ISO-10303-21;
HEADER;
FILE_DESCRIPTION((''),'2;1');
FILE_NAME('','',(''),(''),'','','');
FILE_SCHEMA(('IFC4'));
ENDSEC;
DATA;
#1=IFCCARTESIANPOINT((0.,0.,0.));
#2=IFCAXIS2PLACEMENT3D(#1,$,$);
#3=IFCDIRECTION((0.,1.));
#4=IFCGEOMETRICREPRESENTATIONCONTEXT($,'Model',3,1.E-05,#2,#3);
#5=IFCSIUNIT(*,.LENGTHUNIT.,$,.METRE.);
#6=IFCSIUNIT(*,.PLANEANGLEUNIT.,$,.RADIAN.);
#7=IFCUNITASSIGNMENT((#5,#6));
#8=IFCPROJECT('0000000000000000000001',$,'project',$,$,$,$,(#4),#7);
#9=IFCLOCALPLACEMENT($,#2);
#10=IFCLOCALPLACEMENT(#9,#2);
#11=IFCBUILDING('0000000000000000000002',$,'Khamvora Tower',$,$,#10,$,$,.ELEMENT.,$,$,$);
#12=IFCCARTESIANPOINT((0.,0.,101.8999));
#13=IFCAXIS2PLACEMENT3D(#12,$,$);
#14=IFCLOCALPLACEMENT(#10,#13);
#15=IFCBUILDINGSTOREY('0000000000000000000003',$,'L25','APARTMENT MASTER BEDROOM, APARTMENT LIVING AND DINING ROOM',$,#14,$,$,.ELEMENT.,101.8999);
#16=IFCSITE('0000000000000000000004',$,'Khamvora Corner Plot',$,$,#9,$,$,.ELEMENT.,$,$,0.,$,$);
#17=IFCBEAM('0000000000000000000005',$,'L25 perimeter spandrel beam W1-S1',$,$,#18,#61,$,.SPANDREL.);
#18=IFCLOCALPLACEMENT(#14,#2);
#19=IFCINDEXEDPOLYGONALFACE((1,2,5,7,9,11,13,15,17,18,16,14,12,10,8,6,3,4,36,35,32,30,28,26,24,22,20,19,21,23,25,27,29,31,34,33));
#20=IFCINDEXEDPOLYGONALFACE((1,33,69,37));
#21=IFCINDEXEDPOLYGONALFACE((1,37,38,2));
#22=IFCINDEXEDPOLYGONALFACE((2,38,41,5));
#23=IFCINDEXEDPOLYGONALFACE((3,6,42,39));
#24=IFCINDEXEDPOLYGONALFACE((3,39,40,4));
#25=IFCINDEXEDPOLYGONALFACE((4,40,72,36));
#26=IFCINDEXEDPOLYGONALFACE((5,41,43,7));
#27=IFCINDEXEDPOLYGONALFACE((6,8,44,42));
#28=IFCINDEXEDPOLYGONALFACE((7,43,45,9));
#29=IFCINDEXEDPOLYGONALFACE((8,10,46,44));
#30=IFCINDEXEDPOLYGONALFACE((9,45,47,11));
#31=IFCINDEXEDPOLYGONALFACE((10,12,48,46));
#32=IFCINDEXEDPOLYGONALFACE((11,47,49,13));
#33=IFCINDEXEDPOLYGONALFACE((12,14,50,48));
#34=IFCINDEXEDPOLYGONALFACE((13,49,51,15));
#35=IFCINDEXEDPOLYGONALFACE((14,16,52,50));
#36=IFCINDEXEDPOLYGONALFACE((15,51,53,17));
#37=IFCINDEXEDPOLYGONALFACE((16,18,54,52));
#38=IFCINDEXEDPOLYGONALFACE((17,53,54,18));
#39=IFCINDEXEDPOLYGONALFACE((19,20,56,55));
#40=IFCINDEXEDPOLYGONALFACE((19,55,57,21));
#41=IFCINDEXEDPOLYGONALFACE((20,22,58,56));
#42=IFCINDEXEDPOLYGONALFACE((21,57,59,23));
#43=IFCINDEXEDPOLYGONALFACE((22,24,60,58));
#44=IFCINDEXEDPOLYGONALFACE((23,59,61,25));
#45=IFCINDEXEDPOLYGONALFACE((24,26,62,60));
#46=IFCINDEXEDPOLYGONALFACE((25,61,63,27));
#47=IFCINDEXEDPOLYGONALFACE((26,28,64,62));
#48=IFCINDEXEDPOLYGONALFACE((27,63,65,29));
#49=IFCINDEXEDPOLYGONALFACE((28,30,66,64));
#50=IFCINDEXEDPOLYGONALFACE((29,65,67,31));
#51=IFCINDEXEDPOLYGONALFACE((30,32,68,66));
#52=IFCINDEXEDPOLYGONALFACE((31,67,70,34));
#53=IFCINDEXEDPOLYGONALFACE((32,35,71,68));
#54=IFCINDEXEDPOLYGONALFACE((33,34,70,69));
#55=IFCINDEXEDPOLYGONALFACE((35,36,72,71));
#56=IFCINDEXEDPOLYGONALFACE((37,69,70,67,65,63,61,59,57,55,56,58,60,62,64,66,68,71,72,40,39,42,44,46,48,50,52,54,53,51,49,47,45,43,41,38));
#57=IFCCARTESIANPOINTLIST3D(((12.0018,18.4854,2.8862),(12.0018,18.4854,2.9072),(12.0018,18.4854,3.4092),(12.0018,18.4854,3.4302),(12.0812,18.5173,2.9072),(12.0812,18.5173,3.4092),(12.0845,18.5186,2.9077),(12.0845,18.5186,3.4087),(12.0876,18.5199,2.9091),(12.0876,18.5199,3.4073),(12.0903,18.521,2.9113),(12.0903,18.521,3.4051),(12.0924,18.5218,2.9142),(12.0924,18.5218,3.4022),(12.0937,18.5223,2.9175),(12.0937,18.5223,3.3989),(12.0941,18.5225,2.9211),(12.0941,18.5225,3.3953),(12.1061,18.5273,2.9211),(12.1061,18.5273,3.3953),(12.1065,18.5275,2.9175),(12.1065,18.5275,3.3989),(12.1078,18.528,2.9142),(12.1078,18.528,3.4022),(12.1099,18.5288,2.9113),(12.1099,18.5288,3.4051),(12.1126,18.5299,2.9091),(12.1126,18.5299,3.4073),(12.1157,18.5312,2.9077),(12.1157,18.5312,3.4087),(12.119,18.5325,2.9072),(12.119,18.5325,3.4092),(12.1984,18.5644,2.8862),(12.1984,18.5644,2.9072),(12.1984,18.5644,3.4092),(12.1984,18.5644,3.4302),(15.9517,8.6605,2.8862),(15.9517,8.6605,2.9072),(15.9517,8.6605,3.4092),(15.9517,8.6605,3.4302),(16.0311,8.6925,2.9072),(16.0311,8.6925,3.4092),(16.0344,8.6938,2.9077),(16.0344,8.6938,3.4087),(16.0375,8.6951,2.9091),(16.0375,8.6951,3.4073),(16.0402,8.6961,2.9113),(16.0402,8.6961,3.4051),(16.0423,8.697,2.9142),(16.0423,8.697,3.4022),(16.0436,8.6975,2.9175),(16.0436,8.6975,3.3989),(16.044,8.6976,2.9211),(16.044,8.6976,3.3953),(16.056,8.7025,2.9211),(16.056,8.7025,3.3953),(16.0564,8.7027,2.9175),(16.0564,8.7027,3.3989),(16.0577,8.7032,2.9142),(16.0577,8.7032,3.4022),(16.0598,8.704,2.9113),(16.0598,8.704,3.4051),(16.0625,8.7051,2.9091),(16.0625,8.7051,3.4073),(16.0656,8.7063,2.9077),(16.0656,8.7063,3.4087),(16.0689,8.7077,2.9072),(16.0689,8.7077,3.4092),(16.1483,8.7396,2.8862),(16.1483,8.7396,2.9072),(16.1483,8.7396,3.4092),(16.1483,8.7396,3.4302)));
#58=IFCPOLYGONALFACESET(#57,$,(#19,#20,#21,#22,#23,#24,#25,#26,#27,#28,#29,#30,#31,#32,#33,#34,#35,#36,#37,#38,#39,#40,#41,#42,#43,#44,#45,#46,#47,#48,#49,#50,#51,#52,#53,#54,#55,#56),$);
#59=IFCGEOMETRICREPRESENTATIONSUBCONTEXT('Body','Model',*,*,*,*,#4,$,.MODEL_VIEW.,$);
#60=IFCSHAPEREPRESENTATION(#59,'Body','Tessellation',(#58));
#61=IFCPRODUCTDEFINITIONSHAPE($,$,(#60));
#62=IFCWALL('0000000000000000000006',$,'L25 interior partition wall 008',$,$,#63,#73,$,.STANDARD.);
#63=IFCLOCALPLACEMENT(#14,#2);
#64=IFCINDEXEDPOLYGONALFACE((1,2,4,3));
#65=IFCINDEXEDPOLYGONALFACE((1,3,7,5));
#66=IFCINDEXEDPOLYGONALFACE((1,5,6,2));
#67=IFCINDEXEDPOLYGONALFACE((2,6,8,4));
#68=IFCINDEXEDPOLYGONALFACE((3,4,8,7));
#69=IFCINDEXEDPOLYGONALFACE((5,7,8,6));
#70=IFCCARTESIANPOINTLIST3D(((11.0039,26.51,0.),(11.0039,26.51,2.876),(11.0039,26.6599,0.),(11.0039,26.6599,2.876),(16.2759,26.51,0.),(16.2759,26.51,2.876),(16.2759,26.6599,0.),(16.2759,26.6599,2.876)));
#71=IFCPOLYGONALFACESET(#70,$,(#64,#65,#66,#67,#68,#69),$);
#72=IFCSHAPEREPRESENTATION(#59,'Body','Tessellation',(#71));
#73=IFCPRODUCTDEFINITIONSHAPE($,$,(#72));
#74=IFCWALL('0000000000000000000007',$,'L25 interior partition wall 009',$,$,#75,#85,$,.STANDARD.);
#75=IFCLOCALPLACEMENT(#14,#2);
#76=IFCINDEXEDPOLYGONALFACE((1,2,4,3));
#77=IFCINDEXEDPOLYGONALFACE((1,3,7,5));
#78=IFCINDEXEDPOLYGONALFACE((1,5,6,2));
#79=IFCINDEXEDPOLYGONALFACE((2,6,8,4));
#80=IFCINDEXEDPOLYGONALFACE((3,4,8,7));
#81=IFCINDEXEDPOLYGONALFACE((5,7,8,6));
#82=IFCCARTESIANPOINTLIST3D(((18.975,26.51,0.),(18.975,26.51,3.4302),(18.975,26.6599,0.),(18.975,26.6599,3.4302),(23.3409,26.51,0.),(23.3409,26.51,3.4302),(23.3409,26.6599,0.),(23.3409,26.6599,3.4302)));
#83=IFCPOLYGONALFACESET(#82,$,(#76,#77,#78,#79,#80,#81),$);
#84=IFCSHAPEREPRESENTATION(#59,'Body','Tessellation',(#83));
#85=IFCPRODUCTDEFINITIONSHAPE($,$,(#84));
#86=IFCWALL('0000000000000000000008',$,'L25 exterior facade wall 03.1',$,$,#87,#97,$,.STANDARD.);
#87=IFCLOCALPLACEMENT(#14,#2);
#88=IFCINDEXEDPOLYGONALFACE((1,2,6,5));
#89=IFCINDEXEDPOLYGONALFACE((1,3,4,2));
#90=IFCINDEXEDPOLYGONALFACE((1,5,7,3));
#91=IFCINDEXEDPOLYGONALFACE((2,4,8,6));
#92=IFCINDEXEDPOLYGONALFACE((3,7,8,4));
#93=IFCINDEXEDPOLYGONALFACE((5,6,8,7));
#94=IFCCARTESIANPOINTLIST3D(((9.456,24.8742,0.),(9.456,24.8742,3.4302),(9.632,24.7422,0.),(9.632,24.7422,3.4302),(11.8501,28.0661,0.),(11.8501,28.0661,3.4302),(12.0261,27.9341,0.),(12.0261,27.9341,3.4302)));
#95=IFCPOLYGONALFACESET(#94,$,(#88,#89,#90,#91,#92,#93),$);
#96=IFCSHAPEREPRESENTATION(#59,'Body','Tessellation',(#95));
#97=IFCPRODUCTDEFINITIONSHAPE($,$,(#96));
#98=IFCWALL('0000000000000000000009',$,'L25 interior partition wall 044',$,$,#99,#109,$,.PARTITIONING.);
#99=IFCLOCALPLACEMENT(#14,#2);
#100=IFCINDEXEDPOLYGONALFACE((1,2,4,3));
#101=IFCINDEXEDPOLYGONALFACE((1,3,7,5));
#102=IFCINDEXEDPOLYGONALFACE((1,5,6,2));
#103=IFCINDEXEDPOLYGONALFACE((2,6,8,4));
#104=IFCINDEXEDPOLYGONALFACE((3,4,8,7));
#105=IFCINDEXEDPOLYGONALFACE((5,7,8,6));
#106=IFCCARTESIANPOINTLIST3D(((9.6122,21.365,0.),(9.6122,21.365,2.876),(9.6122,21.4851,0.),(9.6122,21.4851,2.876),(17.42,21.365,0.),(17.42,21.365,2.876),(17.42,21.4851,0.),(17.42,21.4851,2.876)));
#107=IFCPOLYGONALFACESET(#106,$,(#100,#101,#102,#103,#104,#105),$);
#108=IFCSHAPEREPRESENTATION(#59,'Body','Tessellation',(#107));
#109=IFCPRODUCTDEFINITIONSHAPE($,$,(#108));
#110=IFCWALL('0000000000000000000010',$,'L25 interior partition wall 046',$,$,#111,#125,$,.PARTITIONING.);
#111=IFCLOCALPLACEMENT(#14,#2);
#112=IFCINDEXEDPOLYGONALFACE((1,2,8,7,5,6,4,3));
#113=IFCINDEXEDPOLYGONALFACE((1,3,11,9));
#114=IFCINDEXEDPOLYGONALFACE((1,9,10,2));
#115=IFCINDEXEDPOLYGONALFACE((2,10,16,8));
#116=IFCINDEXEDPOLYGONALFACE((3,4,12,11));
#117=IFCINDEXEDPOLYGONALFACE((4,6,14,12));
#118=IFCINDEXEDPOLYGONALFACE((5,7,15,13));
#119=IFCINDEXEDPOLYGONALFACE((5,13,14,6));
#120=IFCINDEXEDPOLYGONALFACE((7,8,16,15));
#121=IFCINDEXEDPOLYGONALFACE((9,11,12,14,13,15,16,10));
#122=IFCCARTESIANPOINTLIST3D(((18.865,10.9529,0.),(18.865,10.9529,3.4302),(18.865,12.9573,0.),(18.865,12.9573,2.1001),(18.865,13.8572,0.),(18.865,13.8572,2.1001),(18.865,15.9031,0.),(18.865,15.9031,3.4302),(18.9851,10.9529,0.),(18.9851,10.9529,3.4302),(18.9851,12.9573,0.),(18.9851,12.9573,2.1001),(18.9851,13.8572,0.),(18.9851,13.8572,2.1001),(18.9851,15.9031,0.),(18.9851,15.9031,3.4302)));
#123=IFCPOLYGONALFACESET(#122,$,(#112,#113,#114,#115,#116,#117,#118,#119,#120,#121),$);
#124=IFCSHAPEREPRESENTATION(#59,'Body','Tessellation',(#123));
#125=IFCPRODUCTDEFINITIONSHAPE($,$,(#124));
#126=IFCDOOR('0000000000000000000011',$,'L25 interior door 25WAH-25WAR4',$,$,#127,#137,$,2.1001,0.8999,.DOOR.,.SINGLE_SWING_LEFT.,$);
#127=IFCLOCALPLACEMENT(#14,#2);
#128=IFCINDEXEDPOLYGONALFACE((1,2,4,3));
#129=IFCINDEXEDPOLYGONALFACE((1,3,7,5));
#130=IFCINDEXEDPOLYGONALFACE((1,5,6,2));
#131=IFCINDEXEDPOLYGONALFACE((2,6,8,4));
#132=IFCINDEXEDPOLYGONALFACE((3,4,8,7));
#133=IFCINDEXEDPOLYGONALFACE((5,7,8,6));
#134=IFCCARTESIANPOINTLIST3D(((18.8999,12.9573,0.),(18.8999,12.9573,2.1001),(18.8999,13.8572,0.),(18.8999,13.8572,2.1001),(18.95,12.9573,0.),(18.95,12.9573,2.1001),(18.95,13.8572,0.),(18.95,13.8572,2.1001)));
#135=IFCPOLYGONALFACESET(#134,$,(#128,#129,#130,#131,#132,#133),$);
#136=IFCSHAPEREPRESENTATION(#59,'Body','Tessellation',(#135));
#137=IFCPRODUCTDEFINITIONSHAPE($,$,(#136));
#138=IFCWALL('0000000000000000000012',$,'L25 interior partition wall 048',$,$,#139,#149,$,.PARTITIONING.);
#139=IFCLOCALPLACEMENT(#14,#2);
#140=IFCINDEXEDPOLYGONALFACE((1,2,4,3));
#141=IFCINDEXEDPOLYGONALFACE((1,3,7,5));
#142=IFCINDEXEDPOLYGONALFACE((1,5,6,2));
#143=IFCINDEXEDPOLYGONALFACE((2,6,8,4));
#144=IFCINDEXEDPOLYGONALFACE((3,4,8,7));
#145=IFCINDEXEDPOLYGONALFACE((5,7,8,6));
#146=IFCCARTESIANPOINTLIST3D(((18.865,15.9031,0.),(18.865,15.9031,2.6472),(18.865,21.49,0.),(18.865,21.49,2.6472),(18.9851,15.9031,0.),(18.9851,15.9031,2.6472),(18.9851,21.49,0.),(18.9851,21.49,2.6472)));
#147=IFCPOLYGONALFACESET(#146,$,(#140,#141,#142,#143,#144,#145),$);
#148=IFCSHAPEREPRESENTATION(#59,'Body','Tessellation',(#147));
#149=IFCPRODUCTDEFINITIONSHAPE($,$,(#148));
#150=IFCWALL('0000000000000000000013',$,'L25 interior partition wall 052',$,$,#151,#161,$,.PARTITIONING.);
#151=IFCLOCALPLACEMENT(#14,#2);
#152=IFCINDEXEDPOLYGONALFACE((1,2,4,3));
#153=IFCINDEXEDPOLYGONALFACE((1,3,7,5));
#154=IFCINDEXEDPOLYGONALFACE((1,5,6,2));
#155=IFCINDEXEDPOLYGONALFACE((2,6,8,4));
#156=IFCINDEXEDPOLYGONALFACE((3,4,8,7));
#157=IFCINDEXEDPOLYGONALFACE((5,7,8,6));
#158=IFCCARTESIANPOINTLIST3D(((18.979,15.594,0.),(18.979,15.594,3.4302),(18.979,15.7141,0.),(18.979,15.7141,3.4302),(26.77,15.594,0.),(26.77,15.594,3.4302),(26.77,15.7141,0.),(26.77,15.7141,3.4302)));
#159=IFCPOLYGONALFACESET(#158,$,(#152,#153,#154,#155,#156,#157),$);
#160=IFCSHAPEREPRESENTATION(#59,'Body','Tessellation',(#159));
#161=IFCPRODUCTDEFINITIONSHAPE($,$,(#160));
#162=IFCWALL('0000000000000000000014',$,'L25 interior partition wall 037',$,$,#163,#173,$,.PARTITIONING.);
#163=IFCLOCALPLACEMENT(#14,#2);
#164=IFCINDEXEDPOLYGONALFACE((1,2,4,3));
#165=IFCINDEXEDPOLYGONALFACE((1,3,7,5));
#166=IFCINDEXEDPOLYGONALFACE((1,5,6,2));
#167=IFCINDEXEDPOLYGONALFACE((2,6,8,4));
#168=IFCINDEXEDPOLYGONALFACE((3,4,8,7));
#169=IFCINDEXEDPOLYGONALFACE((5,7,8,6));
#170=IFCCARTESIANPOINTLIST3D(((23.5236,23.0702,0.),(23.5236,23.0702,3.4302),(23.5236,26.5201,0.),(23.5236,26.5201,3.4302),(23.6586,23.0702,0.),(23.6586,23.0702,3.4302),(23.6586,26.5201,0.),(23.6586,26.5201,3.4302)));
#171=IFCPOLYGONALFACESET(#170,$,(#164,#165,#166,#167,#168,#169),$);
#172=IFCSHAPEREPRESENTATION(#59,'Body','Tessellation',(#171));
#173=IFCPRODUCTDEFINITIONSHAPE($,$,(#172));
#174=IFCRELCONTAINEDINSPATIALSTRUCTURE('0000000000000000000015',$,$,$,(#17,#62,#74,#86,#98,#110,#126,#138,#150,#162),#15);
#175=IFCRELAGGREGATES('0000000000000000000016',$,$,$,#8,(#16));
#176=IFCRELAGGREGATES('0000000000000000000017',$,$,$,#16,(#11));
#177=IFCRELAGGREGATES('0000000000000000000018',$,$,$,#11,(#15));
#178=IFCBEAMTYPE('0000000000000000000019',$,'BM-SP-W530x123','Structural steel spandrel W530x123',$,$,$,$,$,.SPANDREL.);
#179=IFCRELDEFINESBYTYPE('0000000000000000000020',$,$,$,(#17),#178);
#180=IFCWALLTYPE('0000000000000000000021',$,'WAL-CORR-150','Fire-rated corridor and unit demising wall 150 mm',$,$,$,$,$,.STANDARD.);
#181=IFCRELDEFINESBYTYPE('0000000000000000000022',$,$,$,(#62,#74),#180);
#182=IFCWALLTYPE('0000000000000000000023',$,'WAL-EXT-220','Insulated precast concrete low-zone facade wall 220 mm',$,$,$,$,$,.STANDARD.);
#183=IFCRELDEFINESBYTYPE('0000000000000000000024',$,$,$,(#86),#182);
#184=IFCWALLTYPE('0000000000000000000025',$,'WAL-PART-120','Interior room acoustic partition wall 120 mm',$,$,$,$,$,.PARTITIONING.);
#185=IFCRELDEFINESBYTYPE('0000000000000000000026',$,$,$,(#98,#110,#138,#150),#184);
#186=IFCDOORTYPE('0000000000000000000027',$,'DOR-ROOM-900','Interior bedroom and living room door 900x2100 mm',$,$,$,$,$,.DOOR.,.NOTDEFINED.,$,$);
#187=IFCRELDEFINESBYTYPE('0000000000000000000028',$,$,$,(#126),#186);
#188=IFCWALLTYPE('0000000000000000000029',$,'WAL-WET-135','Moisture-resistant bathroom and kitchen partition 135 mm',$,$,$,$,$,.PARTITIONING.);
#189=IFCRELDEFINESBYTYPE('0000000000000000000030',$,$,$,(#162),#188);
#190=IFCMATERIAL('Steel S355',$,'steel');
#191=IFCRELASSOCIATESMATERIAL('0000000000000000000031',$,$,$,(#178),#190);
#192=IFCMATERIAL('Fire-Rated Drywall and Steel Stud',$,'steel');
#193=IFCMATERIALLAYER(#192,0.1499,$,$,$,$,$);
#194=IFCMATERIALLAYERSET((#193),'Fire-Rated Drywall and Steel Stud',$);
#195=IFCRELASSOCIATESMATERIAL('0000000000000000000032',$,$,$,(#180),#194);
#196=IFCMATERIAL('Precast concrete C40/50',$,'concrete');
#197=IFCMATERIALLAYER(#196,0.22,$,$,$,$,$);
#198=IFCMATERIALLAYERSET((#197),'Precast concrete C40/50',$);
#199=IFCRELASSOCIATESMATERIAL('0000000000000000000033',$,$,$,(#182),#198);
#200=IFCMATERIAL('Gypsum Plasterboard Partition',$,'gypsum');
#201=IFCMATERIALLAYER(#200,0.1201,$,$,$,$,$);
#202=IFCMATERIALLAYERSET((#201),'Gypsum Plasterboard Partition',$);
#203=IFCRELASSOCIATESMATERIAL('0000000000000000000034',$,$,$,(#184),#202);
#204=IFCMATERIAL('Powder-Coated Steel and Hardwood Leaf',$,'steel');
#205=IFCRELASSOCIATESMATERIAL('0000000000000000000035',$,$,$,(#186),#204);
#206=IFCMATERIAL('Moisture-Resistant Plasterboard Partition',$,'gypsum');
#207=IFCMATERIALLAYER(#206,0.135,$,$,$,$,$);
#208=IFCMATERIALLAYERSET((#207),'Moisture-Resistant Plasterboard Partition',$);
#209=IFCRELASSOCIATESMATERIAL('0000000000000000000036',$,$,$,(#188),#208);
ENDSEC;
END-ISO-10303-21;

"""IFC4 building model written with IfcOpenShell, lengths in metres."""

from ifc_helpers import new_model, si_unit, direction, frame, frame_2d, origin, origin_2d, place, context, subcontext, project, spatial, rectangle, i_section, extrude, material, layer, layer_set, material_profile, profile_set, type_object, element, fill, save


model = new_model("IFC4")

# Units and contexts
model_context = context("Model", 3, precision=1e-05, world=origin(), true_north=direction((0.0, 1.0)))
body_context = subcontext(model_context, "Body", "Model", "MODEL_VIEW")
ifc_project = project(units=[si_unit("LENGTHUNIT", "METRE"), si_unit("PLANEANGLEUNIT", "RADIAN")], contexts=[model_context])

# Site, building, storey
site_placement = place(None, origin())
site = spatial("IfcSite", under=ifc_project, at=site_placement, Name="Khamvora Corner Plot", CompositionType="ELEMENT", RefElevation=0.0)
building_placement = place(site_placement, origin())
building = spatial("IfcBuilding", under=site, at=building_placement, Name="Khamvora Tower", CompositionType="ELEMENT")
storey_placement = place(building_placement, frame((0.0, 0.0, 101.8999)))
storey = spatial("IfcBuildingStorey", under=building, at=storey_placement, Name="L25", Description="APARTMENT MASTER BEDROOM, APARTMENT LIVING AND DINING ROOM", CompositionType="ELEMENT", Elevation=101.8999)

# Shared definitions
ifc_material_1 = material(Name="Steel S355", Category="steel")

# Beam
ifc_material_profile_1 = material_profile(ifc_material_1, i_section(OverallWidth=0.2119, OverallDepth=0.5439, WebThickness=0.0129, FlangeThickness=0.021, FilletRadius=0.0139, at=origin_2d()), Name="W530x123")
ifc_profile_set_1 = profile_set([ifc_material_profile_1], Name="Steel S355")
beam_type_1 = type_object("IfcBeamType", Name="BM-SP-W530x123", Description="Structural steel spandrel W530x123", PredefinedType="SPANDREL", material=ifc_profile_set_1)
beam_1_placement = place(storey_placement, frame((12.1001, 18.5249, 3.1582), z_axis=(0.373016, -0.927825, 0.0), x_axis=(0.927825, 0.373016, 0.0)))
element("IfcBeam", 1, at=beam_1_placement, inside=storey, type_object=beam_type_1, Name="L25 perimeter spandrel beam W1-S1", PredefinedType="SPANDREL", context=body_context, shape_type="SweptSolid", body=[
    extrude(i_section(OverallWidth=0.2119, OverallDepth=0.5439, WebThickness=0.0129, FlangeThickness=0.021, FilletRadius=0.0139, at=origin_2d()), origin(), (0.0, 0.0, 1.0), 10.5891),
])

# Shared definitions
ifc_material_2 = material(Name="Fire-Rated Drywall and Steel Stud", Category="steel")
ifc_layer_1 = layer(ifc_material_2, 0.1499)
ifc_layer_set_1 = layer_set([ifc_layer_1], Name="Fire-Rated Drywall and Steel Stud")
wall_type_1 = type_object("IfcWallType", Name="WAL-CORR-150", Description="Fire-rated corridor and unit demising wall 150 mm", PredefinedType="STANDARD", material=ifc_layer_set_1)
ifc_material_3 = material(Name="Powder-Coated Steel and Hardwood Leaf", Category="steel")

# Walls
wall_1_placement = place(storey_placement, frame((16.2759, 26.585, 0.0), z_axis=(0.0, 0.0, 1.0), x_axis=(-1.0, 0.0, 0.0)))
element("IfcWall", 2, at=wall_1_placement, inside=storey, type_object=wall_type_1, Name="L25 interior partition wall 008", PredefinedType="STANDARD", context=body_context, shape_type="SweptSolid", body=[
    extrude(rectangle(XDim=5.272, YDim=0.1499, at=frame_2d((2.636, 0.0))), origin(), (0.0, 0.0, 1.0), 2.876),
])
wall_2_placement = place(storey_placement, frame((23.3411, 26.585, 0.0), z_axis=(0.0, 0.0, 1.0), x_axis=(-1.0, 0.0, 0.0)))
element("IfcWall", 3, at=wall_2_placement, inside=storey, type_object=wall_type_1, Name="L25 interior partition wall 009", PredefinedType="STANDARD", context=body_context, shape_type="SweptSolid", body=[
    extrude(rectangle(XDim=4.366, YDim=0.1499, at=frame_2d((2.1831, 0.0))), origin(), (0.0, 0.0, 1.0), 3.4302),
])
ifc_material_4 = material(Name="Precast concrete C40/50", Category="concrete")
ifc_layer_2 = layer(ifc_material_4, 0.22)
ifc_layer_set_2 = layer_set([ifc_layer_2], Name="Precast concrete C40/50")
wall_type_2 = type_object("IfcWallType", Name="WAL-EXT-220", Description="Insulated precast concrete low-zone facade wall 220 mm", PredefinedType="STANDARD", material=ifc_layer_set_2)
wall_3_placement = place(storey_placement, frame((9.5439, 24.8081, 0.0), z_axis=(0.0, 0.0, 1.0), x_axis=(0.60002, 0.799985, 0.0)))
element("IfcWall", 4, at=wall_3_placement, inside=storey, type_object=wall_type_2, Name="L25 exterior facade wall 03.1", PredefinedType="STANDARD", context=body_context, shape_type="SweptSolid", body=[
    extrude(rectangle(XDim=3.99, YDim=0.22, at=frame_2d((1.9951, 0.0))), origin(), (0.0, 0.0, 1.0), 3.4302),
])
ifc_material_5 = material(Name="Gypsum Plasterboard Partition", Category="gypsum")
ifc_layer_3 = layer(ifc_material_5, 0.1201)
ifc_layer_set_3 = layer_set([ifc_layer_3], Name="Gypsum Plasterboard Partition")
wall_type_3 = type_object("IfcWallType", Name="WAL-PART-120", Description="Interior room acoustic partition wall 120 mm", PredefinedType="PARTITIONING", material=ifc_layer_set_3)
wall_4_placement = place(storey_placement, frame((17.4199, 21.425, 0.0), z_axis=(0.0, 0.0, 1.0), x_axis=(-1.0, 0.0, 0.0)))
element("IfcWall", 5, at=wall_4_placement, inside=storey, type_object=wall_type_3, Name="L25 interior partition wall 044", PredefinedType="PARTITIONING", context=body_context, shape_type="SweptSolid", body=[
    extrude(rectangle(XDim=7.8079, YDim=0.1201, at=frame_2d((3.9038, 0.0))), origin(), (0.0, 0.0, 1.0), 2.876),
])

# Wall, opening, door
wall_5_placement = place(storey_placement, frame((18.925, 15.9031, 0.0), z_axis=(0.0, 0.0, 1.0), x_axis=(0.0, -1.0, 0.0)))
wall_5 = element("IfcWall", 6, at=wall_5_placement, inside=storey, type_object=wall_type_3, Name="L25 interior partition wall 046", PredefinedType="PARTITIONING", context=body_context, shape_type="SweptSolid", body=[
    extrude(rectangle(XDim=4.9502, YDim=0.1201, at=frame_2d((2.4751, 0.0))), origin(), (0.0, 0.0, 1.0), 3.4302),
])
opening_1_placement = place(wall_5_placement, frame((2.0459, 0.0, 0.0)))
opening_1 = element("IfcOpeningElement", 7, at=opening_1_placement, cuts=wall_5, PredefinedType="OPENING", context=body_context, shape_type="SweptSolid", body=[
    extrude(rectangle(XDim=0.8999, YDim=2.1001, at=frame_2d((0.45, 1.05))), frame((0.0, 0.0701, 0.0), z_axis=(0.0, -1.0, 0.0), x_axis=(1.0, 0.0, 0.0)), (0.0, 0.0, 1.0), 0.1401),
])
door_type_1 = type_object("IfcDoorType", Name="DOR-ROOM-900", Description="Interior bedroom and living room door 900x2100 mm", OperationType="NOTDEFINED", PredefinedType="DOOR", material=ifc_material_3)
door_1_placement = place(opening_1_placement, origin())
door_1 = element("IfcDoor", 8, at=door_1_placement, inside=storey, type_object=door_type_1, Name="L25 interior door 25WAH-25WAR4", OperationType="SINGLE_SWING_LEFT", OverallHeight=2.1001, OverallWidth=0.8999, PredefinedType="DOOR", context=body_context, shape_type="SweptSolid", body=[
    extrude(rectangle(XDim=0.8999, YDim=2.1001, at=frame_2d((0.45, 1.05))), frame((0.0, 0.0249, 0.0), z_axis=(0.0, -1.0, 0.0), x_axis=(1.0, 0.0, 0.0)), (0.0, 0.0, 1.0), 0.05),
])
fill(opening_1, door_1)

# Walls
wall_6_placement = place(storey_placement, frame((18.925, 21.49, 0.0), z_axis=(0.0, 0.0, 1.0), x_axis=(0.0, -1.0, 0.0)))
element("IfcWall", 9, at=wall_6_placement, inside=storey, type_object=wall_type_3, Name="L25 interior partition wall 048", PredefinedType="PARTITIONING", context=body_context, shape_type="SweptSolid", body=[
    extrude(rectangle(XDim=5.5869, YDim=0.1201, at=frame_2d((2.7935, 0.0))), origin(), (0.0, 0.0, 1.0), 2.6472),
])
wall_7_placement = place(storey_placement, frame((18.979, 15.6541, 0.0), z_axis=(0.0, 0.0, 1.0), x_axis=(1.0, 0.0, 0.0)))
element("IfcWall", 10, at=wall_7_placement, inside=storey, type_object=wall_type_3, Name="L25 interior partition wall 052", PredefinedType="PARTITIONING", context=body_context, shape_type="SweptSolid", body=[
    extrude(rectangle(XDim=7.791, YDim=0.1201, at=frame_2d((3.8955, 0.0))), origin(), (0.0, 0.0, 1.0), 3.4302),
])
ifc_material_6 = material(Name="Moisture-Resistant Plasterboard Partition", Category="gypsum")
ifc_layer_4 = layer(ifc_material_6, 0.135)
ifc_layer_set_4 = layer_set([ifc_layer_4], Name="Moisture-Resistant Plasterboard Partition")
wall_type_4 = type_object("IfcWallType", Name="WAL-WET-135", Description="Moisture-resistant bathroom and kitchen partition 135 mm", PredefinedType="PARTITIONING", material=ifc_layer_set_4)
wall_8_placement = place(storey_placement, frame((23.5911, 23.0701, 0.0), z_axis=(0.0, 0.0, 1.0), x_axis=(0.0, 1.0, 0.0)))
element("IfcWall", 11, at=wall_8_placement, inside=storey, type_object=wall_type_4, Name="L25 interior partition wall 037", PredefinedType="PARTITIONING", context=body_context, shape_type="SweptSolid", body=[
    extrude(rectangle(XDim=3.45, YDim=0.135, at=frame_2d((1.7251, 0.0))), origin(), (0.0, 0.0, 1.0), 3.4302),
])

save(model, "model.ifc")
